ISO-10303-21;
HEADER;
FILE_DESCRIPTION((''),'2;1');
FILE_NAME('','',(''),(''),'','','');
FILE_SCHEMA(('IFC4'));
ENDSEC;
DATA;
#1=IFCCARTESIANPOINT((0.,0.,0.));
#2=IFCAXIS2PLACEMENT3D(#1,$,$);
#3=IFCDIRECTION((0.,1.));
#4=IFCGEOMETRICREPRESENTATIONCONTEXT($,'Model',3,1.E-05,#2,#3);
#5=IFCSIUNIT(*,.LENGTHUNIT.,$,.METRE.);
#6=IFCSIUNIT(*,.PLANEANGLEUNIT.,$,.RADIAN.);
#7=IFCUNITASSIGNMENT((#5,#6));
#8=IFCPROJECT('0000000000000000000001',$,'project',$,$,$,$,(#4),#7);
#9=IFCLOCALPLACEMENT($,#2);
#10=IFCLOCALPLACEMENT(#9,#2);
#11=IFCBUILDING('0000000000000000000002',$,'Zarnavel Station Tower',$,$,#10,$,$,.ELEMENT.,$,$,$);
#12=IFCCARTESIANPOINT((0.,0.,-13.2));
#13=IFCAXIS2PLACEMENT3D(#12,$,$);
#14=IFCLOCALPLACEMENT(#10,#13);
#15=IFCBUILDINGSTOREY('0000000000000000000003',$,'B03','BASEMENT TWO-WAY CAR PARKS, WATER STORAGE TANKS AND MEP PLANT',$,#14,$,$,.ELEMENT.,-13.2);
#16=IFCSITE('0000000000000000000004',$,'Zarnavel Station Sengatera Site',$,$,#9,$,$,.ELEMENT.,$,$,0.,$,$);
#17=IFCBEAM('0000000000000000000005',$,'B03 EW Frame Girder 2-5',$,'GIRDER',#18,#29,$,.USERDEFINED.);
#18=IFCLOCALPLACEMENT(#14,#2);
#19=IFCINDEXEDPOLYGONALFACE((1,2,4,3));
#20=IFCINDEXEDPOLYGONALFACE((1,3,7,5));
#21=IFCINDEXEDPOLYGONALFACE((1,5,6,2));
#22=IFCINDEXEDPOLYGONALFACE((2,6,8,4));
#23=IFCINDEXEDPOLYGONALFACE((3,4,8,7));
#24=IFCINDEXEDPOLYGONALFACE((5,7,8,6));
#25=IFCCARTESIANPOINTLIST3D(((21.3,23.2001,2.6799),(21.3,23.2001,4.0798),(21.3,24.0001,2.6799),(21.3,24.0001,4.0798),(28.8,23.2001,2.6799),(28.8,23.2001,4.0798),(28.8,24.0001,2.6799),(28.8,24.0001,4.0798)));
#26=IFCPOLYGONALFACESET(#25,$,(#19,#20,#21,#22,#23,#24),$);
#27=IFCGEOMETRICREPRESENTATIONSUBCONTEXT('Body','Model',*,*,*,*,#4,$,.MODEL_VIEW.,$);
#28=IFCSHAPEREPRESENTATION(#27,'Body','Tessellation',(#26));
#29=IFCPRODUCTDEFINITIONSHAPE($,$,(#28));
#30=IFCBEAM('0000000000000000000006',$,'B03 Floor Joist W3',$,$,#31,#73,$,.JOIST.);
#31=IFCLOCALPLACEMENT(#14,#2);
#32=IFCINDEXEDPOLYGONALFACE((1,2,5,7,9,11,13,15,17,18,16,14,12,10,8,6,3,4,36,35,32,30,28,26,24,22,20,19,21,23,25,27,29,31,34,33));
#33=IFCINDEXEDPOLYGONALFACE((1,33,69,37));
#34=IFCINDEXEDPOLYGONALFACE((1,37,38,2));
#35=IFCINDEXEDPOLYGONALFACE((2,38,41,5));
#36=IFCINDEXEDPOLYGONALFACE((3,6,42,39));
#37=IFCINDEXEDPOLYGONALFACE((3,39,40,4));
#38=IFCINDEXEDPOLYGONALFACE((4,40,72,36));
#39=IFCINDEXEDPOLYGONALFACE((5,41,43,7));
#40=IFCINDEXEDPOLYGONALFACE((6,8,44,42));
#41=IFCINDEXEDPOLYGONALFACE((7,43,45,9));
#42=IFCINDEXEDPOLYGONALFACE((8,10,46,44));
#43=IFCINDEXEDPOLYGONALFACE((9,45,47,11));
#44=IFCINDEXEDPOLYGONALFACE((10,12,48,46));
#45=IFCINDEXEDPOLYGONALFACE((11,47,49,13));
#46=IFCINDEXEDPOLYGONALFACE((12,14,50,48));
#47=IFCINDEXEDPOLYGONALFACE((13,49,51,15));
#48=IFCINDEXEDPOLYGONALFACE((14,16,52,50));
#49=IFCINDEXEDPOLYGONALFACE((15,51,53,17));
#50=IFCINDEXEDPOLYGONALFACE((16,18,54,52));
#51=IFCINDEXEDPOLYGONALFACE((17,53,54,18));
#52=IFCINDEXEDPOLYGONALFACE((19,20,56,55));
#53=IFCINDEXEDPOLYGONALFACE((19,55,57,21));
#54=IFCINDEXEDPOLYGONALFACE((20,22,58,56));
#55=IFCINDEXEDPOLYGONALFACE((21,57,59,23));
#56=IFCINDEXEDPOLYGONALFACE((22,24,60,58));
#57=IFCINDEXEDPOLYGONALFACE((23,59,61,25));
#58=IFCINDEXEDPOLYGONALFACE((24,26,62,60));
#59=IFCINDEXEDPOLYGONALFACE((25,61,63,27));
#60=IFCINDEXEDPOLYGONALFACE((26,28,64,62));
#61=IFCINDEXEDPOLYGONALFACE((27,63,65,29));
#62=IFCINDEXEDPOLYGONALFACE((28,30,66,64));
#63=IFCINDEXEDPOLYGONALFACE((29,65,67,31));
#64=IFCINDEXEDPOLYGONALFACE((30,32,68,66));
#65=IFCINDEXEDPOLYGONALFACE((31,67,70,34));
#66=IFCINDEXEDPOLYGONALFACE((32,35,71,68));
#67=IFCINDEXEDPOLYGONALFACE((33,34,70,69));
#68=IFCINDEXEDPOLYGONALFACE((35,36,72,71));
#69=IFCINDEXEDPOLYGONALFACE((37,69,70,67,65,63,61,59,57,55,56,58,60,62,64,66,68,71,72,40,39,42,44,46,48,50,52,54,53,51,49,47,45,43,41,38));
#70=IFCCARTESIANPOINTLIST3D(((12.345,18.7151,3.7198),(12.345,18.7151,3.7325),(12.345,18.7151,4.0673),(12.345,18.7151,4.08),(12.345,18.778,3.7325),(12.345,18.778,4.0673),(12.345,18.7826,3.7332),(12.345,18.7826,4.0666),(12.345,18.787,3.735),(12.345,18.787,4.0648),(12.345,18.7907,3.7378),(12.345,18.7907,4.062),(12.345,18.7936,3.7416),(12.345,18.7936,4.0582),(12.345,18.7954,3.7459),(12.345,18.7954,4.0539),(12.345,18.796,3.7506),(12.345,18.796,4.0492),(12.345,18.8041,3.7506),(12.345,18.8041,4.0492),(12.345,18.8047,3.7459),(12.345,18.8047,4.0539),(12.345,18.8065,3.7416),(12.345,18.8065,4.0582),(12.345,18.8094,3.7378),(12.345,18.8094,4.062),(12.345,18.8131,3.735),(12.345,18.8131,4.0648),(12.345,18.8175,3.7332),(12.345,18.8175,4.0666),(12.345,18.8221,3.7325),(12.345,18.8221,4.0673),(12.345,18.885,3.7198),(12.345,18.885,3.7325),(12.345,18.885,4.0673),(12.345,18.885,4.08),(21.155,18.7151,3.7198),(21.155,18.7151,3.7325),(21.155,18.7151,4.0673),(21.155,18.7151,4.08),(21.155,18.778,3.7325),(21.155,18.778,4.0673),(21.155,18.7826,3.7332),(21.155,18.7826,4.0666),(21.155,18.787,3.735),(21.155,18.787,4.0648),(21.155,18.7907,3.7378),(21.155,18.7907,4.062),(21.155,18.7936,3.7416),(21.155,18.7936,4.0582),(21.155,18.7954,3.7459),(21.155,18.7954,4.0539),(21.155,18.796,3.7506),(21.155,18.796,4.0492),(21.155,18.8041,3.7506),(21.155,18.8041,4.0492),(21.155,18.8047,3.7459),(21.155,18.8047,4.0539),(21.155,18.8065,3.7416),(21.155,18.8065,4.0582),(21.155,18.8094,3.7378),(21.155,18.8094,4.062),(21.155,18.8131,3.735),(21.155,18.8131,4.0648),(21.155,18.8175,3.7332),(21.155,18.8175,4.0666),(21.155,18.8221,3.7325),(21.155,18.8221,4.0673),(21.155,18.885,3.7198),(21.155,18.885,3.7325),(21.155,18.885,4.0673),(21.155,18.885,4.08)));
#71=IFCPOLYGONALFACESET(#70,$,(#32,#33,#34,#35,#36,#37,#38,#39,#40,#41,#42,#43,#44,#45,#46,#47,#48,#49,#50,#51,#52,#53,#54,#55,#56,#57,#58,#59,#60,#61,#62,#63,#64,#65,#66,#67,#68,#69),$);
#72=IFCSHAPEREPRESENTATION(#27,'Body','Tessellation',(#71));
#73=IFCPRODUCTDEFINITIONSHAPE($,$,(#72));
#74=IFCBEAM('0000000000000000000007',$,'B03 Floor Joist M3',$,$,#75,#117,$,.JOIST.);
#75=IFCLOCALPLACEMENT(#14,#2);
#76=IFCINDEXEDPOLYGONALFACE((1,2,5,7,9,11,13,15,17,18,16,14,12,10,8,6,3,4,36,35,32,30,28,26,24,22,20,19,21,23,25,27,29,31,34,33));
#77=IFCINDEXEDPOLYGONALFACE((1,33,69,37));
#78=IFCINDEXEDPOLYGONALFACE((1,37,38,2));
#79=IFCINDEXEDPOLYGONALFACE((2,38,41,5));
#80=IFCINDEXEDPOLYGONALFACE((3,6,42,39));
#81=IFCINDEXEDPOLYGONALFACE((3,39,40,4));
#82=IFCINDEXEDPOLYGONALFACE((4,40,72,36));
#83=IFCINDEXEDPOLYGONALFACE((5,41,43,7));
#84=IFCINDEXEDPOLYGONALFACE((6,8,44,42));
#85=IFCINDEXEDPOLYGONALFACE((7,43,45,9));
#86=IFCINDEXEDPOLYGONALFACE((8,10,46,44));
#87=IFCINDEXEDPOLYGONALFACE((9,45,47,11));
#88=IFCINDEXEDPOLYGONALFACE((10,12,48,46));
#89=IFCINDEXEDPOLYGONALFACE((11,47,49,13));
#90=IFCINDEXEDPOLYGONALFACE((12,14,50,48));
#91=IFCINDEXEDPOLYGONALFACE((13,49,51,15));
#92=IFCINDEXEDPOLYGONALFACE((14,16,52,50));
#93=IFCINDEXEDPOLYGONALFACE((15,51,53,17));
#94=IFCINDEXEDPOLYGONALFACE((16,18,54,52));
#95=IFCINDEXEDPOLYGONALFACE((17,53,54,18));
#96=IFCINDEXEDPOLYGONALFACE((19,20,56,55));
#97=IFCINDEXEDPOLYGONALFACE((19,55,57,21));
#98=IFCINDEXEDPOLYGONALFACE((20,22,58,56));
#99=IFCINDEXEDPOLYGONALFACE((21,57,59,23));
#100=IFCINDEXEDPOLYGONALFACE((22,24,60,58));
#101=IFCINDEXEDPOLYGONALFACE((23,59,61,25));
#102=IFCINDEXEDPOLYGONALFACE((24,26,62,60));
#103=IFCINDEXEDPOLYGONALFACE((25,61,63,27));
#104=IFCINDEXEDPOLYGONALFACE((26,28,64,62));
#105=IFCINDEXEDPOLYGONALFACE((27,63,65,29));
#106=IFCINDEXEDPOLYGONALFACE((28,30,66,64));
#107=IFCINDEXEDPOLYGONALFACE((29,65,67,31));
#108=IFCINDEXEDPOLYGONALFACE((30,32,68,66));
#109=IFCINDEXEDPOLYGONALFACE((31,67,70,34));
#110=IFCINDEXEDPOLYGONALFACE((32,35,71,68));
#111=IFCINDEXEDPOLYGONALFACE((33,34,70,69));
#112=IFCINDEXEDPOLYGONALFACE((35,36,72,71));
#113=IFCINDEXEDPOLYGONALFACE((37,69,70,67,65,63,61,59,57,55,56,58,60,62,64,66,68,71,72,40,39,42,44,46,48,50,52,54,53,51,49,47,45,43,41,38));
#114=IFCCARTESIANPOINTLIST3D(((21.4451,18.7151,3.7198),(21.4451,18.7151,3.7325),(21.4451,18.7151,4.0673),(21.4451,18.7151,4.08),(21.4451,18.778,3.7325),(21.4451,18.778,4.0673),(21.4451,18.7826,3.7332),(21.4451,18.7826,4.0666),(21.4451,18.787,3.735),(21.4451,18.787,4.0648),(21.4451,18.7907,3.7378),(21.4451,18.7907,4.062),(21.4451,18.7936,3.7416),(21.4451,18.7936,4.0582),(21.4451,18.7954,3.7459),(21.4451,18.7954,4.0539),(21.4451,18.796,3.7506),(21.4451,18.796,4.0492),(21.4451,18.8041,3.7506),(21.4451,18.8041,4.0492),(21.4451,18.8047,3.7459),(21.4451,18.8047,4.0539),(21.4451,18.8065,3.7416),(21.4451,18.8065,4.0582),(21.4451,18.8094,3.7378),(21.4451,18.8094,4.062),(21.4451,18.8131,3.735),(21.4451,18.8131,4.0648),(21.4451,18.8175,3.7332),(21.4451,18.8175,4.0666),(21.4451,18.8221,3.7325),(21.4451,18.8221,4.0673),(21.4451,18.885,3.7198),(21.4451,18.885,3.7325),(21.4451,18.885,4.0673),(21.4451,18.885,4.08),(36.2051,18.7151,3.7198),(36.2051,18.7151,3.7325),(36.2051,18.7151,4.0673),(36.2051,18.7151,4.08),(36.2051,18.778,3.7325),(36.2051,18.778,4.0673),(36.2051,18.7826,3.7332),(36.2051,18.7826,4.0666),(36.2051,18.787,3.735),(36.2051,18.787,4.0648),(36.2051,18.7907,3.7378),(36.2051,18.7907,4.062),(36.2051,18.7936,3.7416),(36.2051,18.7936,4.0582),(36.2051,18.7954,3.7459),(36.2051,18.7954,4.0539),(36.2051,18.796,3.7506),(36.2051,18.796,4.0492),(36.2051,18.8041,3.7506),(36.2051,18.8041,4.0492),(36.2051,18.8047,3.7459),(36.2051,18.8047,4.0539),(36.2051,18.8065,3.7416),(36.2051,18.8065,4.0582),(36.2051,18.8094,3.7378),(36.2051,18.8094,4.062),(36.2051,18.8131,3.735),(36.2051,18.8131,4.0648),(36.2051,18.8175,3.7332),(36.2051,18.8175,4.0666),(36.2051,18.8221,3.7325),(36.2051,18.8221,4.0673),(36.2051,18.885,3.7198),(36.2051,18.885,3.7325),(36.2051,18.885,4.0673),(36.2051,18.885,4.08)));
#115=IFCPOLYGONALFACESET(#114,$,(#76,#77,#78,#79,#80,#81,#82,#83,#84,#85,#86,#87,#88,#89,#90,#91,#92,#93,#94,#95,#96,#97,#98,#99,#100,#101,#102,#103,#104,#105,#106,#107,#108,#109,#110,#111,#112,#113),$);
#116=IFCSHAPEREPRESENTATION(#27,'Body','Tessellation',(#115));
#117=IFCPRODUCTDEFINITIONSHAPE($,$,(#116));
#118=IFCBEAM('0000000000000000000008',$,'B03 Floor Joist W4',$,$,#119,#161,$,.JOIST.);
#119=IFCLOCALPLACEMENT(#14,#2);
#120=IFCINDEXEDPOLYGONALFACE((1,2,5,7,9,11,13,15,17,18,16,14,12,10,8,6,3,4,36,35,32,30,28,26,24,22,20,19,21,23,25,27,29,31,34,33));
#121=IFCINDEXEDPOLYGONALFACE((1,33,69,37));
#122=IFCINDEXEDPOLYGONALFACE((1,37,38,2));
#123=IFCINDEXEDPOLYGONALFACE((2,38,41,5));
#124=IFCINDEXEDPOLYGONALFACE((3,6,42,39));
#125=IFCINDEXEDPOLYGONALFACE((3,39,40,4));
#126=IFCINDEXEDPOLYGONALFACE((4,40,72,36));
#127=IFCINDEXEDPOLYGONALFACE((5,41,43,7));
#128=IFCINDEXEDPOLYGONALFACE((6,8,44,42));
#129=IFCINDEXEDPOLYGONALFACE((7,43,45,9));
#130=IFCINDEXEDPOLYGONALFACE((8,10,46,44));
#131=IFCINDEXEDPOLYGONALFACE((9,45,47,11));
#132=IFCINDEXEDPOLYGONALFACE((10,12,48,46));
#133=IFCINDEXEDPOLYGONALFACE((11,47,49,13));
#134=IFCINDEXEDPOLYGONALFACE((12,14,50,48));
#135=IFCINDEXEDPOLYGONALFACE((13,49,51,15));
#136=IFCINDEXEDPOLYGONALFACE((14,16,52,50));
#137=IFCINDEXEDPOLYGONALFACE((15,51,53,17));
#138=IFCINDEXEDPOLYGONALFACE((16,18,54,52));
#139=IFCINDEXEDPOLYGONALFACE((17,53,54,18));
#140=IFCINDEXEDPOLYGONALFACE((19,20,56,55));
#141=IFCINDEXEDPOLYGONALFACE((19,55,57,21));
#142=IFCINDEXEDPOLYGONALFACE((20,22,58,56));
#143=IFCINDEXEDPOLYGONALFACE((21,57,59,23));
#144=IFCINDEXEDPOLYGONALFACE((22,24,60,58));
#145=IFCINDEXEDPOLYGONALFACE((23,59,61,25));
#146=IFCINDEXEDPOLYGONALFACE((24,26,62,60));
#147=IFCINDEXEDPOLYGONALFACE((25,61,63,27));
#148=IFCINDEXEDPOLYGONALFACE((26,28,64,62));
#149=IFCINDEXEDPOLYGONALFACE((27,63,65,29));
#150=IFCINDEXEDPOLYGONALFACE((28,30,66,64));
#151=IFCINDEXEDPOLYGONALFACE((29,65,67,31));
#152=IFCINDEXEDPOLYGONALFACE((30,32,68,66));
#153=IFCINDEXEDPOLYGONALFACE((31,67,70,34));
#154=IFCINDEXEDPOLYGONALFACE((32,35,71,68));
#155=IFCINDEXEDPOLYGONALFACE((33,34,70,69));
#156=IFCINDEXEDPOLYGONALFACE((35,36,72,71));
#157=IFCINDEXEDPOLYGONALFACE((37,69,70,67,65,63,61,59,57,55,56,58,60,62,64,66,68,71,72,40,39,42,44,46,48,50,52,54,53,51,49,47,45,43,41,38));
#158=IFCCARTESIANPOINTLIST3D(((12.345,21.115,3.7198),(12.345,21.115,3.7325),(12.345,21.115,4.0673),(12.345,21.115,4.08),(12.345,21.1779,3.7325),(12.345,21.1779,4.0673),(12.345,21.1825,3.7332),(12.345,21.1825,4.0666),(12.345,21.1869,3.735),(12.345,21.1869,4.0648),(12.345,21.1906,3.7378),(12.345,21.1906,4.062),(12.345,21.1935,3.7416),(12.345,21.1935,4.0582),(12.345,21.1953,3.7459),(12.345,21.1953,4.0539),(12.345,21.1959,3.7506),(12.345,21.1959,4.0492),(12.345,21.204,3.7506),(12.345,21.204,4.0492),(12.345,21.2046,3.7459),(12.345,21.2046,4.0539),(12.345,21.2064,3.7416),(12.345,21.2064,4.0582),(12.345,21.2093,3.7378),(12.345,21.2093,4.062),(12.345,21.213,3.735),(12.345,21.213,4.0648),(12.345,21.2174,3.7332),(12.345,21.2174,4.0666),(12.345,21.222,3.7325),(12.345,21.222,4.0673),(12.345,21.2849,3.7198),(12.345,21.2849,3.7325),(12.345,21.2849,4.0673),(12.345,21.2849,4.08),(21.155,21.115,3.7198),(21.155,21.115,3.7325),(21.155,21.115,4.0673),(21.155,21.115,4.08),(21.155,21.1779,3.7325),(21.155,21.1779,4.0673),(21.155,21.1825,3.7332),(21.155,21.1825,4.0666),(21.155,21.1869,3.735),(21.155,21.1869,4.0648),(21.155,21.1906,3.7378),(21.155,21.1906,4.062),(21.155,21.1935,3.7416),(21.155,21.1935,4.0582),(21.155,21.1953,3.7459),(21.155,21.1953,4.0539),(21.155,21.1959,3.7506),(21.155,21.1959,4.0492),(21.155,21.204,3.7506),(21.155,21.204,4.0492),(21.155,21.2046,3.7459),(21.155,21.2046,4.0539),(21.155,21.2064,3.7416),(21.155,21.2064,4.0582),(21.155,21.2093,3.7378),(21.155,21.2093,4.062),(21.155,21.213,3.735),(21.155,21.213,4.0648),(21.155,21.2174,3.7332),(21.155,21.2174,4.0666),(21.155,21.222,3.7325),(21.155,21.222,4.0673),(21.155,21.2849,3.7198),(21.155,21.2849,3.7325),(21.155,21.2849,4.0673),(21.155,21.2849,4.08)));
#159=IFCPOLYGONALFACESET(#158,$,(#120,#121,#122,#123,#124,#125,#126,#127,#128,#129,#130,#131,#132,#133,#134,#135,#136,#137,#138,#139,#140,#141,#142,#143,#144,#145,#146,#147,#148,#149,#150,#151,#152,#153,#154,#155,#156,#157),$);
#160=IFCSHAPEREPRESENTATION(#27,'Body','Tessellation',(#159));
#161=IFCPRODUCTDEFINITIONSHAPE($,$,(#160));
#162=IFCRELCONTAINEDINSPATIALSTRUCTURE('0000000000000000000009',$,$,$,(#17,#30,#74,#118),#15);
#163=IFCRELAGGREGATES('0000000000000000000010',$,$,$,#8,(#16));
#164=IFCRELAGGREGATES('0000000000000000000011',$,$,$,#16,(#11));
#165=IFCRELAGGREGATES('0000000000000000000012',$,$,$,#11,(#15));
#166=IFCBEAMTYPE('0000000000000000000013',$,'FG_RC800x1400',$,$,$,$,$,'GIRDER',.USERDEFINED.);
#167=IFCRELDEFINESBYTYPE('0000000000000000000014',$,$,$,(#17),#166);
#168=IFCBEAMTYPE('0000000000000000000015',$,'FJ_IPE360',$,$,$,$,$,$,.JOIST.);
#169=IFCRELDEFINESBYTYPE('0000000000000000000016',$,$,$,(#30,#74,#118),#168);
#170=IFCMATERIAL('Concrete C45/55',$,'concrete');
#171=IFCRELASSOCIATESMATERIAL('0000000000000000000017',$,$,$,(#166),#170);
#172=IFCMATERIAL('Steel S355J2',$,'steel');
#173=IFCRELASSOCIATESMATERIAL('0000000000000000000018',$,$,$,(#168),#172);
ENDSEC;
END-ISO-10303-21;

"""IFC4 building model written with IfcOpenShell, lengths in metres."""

from ifc_helpers import new_model, si_unit, direction, frame, origin, origin_2d, place, context, subcontext, project, spatial, rectangle, i_section, extrude, material, material_profile, profile_set, type_object, element, save


model = new_model("IFC4")

# Units and contexts
model_context = context("Model", 3, precision=1e-05, world=origin(), true_north=direction((0.0, 1.0)))
body_context = subcontext(model_context, "Body", "Model", "MODEL_VIEW")
ifc_project = project(units=[si_unit("LENGTHUNIT", "METRE"), si_unit("PLANEANGLEUNIT", "RADIAN")], contexts=[model_context])

# Site, building, storey
site_placement = place(None, origin())
site = spatial("IfcSite", under=ifc_project, at=site_placement, Name="Zarnavel Station Sengatera Site", CompositionType="ELEMENT", RefElevation=0.0)
building_placement = place(site_placement, origin())
building = spatial("IfcBuilding", under=site, at=building_placement, Name="Zarnavel Station Tower", CompositionType="ELEMENT")
storey_placement = place(building_placement, frame((0.0, 0.0, -13.2)))
storey = spatial("IfcBuildingStorey", under=building, at=storey_placement, Name="B03", Description="BASEMENT TWO-WAY CAR PARKS, WATER STORAGE TANKS AND MEP PLANT", CompositionType="ELEMENT", Elevation=-13.2)

# Beams
ifc_material_1 = material(Name="Concrete C45/55", Category="concrete")
ifc_material_profile_1 = material_profile(ifc_material_1, rectangle(XDim=0.8, YDim=1.3999, at=origin_2d()), Name="RC800x1400")
ifc_profile_set_1 = profile_set([ifc_material_profile_1], Name="Concrete C45/55")
beam_type_1 = type_object("IfcBeamType", Name="FG_RC800x1400", ElementType="GIRDER", PredefinedType="USERDEFINED", material=ifc_profile_set_1)
beam_1_placement = place(storey_placement, frame((21.3, 23.6001, 3.3799), z_axis=(1.0, 0.0, 0.0), x_axis=(0.0, 1.0, 0.0)))
element("IfcBeam", 1, at=beam_1_placement, inside=storey, type_object=beam_type_1, Name="B03 EW Frame Girder 2-5", ObjectType="GIRDER", PredefinedType="USERDEFINED", context=body_context, shape_type="SweptSolid", body=[
    extrude(rectangle(XDim=0.8, YDim=1.3999, at=origin_2d()), origin(), (0.0, 0.0, 1.0), 7.5),
])
ifc_material_2 = material(Name="Steel S355J2", Category="steel")
ifc_material_profile_2 = material_profile(ifc_material_2, i_section(OverallWidth=0.1699, OverallDepth=0.3601, WebThickness=0.0081, FlangeThickness=0.0127, FilletRadius=0.0181, at=origin_2d()), Name="IPE360")
ifc_profile_set_2 = profile_set([ifc_material_profile_2], Name="Steel S355J2")
beam_type_2 = type_object("IfcBeamType", Name="FJ_IPE360", PredefinedType="JOIST", material=ifc_profile_set_2)
beam_2_placement = place(storey_placement, frame((12.345, 18.8, 3.8999), z_axis=(1.0, 0.0, 0.0), x_axis=(0.0, 1.0, 0.0)))
element("IfcBeam", 2, at=beam_2_placement, inside=storey, type_object=beam_type_2, Name="B03 Floor Joist W3", PredefinedType="JOIST", context=body_context, shape_type="SweptSolid", body=[
    extrude(i_section(OverallWidth=0.1699, OverallDepth=0.3601, WebThickness=0.0081, FlangeThickness=0.0127, FilletRadius=0.0181, at=origin_2d()), origin(), (0.0, 0.0, 1.0), 8.8101),
])
beam_3_placement = place(storey_placement, frame((21.4451, 18.8, 3.8999), z_axis=(1.0, 0.0, 0.0), x_axis=(0.0, 1.0, 0.0)))
element("IfcBeam", 3, at=beam_3_placement, inside=storey, type_object=beam_type_2, Name="B03 Floor Joist M3", PredefinedType="JOIST", context=body_context, shape_type="SweptSolid", body=[
    extrude(i_section(OverallWidth=0.1699, OverallDepth=0.3601, WebThickness=0.0081, FlangeThickness=0.0127, FilletRadius=0.0181, at=origin_2d()), origin(), (0.0, 0.0, 1.0), 14.76),
])
beam_4_placement = place(storey_placement, frame((12.345, 21.2, 3.8999), z_axis=(1.0, 0.0, 0.0), x_axis=(0.0, 1.0, 0.0)))
element("IfcBeam", 4, at=beam_4_placement, inside=storey, type_object=beam_type_2, Name="B03 Floor Joist W4", PredefinedType="JOIST", context=body_context, shape_type="SweptSolid", body=[
    extrude(i_section(OverallWidth=0.1699, OverallDepth=0.3601, WebThickness=0.0081, FlangeThickness=0.0127, FilletRadius=0.0181, at=origin_2d()), origin(), (0.0, 0.0, 1.0), 8.8101),
])

save(model, "model.ifc")
